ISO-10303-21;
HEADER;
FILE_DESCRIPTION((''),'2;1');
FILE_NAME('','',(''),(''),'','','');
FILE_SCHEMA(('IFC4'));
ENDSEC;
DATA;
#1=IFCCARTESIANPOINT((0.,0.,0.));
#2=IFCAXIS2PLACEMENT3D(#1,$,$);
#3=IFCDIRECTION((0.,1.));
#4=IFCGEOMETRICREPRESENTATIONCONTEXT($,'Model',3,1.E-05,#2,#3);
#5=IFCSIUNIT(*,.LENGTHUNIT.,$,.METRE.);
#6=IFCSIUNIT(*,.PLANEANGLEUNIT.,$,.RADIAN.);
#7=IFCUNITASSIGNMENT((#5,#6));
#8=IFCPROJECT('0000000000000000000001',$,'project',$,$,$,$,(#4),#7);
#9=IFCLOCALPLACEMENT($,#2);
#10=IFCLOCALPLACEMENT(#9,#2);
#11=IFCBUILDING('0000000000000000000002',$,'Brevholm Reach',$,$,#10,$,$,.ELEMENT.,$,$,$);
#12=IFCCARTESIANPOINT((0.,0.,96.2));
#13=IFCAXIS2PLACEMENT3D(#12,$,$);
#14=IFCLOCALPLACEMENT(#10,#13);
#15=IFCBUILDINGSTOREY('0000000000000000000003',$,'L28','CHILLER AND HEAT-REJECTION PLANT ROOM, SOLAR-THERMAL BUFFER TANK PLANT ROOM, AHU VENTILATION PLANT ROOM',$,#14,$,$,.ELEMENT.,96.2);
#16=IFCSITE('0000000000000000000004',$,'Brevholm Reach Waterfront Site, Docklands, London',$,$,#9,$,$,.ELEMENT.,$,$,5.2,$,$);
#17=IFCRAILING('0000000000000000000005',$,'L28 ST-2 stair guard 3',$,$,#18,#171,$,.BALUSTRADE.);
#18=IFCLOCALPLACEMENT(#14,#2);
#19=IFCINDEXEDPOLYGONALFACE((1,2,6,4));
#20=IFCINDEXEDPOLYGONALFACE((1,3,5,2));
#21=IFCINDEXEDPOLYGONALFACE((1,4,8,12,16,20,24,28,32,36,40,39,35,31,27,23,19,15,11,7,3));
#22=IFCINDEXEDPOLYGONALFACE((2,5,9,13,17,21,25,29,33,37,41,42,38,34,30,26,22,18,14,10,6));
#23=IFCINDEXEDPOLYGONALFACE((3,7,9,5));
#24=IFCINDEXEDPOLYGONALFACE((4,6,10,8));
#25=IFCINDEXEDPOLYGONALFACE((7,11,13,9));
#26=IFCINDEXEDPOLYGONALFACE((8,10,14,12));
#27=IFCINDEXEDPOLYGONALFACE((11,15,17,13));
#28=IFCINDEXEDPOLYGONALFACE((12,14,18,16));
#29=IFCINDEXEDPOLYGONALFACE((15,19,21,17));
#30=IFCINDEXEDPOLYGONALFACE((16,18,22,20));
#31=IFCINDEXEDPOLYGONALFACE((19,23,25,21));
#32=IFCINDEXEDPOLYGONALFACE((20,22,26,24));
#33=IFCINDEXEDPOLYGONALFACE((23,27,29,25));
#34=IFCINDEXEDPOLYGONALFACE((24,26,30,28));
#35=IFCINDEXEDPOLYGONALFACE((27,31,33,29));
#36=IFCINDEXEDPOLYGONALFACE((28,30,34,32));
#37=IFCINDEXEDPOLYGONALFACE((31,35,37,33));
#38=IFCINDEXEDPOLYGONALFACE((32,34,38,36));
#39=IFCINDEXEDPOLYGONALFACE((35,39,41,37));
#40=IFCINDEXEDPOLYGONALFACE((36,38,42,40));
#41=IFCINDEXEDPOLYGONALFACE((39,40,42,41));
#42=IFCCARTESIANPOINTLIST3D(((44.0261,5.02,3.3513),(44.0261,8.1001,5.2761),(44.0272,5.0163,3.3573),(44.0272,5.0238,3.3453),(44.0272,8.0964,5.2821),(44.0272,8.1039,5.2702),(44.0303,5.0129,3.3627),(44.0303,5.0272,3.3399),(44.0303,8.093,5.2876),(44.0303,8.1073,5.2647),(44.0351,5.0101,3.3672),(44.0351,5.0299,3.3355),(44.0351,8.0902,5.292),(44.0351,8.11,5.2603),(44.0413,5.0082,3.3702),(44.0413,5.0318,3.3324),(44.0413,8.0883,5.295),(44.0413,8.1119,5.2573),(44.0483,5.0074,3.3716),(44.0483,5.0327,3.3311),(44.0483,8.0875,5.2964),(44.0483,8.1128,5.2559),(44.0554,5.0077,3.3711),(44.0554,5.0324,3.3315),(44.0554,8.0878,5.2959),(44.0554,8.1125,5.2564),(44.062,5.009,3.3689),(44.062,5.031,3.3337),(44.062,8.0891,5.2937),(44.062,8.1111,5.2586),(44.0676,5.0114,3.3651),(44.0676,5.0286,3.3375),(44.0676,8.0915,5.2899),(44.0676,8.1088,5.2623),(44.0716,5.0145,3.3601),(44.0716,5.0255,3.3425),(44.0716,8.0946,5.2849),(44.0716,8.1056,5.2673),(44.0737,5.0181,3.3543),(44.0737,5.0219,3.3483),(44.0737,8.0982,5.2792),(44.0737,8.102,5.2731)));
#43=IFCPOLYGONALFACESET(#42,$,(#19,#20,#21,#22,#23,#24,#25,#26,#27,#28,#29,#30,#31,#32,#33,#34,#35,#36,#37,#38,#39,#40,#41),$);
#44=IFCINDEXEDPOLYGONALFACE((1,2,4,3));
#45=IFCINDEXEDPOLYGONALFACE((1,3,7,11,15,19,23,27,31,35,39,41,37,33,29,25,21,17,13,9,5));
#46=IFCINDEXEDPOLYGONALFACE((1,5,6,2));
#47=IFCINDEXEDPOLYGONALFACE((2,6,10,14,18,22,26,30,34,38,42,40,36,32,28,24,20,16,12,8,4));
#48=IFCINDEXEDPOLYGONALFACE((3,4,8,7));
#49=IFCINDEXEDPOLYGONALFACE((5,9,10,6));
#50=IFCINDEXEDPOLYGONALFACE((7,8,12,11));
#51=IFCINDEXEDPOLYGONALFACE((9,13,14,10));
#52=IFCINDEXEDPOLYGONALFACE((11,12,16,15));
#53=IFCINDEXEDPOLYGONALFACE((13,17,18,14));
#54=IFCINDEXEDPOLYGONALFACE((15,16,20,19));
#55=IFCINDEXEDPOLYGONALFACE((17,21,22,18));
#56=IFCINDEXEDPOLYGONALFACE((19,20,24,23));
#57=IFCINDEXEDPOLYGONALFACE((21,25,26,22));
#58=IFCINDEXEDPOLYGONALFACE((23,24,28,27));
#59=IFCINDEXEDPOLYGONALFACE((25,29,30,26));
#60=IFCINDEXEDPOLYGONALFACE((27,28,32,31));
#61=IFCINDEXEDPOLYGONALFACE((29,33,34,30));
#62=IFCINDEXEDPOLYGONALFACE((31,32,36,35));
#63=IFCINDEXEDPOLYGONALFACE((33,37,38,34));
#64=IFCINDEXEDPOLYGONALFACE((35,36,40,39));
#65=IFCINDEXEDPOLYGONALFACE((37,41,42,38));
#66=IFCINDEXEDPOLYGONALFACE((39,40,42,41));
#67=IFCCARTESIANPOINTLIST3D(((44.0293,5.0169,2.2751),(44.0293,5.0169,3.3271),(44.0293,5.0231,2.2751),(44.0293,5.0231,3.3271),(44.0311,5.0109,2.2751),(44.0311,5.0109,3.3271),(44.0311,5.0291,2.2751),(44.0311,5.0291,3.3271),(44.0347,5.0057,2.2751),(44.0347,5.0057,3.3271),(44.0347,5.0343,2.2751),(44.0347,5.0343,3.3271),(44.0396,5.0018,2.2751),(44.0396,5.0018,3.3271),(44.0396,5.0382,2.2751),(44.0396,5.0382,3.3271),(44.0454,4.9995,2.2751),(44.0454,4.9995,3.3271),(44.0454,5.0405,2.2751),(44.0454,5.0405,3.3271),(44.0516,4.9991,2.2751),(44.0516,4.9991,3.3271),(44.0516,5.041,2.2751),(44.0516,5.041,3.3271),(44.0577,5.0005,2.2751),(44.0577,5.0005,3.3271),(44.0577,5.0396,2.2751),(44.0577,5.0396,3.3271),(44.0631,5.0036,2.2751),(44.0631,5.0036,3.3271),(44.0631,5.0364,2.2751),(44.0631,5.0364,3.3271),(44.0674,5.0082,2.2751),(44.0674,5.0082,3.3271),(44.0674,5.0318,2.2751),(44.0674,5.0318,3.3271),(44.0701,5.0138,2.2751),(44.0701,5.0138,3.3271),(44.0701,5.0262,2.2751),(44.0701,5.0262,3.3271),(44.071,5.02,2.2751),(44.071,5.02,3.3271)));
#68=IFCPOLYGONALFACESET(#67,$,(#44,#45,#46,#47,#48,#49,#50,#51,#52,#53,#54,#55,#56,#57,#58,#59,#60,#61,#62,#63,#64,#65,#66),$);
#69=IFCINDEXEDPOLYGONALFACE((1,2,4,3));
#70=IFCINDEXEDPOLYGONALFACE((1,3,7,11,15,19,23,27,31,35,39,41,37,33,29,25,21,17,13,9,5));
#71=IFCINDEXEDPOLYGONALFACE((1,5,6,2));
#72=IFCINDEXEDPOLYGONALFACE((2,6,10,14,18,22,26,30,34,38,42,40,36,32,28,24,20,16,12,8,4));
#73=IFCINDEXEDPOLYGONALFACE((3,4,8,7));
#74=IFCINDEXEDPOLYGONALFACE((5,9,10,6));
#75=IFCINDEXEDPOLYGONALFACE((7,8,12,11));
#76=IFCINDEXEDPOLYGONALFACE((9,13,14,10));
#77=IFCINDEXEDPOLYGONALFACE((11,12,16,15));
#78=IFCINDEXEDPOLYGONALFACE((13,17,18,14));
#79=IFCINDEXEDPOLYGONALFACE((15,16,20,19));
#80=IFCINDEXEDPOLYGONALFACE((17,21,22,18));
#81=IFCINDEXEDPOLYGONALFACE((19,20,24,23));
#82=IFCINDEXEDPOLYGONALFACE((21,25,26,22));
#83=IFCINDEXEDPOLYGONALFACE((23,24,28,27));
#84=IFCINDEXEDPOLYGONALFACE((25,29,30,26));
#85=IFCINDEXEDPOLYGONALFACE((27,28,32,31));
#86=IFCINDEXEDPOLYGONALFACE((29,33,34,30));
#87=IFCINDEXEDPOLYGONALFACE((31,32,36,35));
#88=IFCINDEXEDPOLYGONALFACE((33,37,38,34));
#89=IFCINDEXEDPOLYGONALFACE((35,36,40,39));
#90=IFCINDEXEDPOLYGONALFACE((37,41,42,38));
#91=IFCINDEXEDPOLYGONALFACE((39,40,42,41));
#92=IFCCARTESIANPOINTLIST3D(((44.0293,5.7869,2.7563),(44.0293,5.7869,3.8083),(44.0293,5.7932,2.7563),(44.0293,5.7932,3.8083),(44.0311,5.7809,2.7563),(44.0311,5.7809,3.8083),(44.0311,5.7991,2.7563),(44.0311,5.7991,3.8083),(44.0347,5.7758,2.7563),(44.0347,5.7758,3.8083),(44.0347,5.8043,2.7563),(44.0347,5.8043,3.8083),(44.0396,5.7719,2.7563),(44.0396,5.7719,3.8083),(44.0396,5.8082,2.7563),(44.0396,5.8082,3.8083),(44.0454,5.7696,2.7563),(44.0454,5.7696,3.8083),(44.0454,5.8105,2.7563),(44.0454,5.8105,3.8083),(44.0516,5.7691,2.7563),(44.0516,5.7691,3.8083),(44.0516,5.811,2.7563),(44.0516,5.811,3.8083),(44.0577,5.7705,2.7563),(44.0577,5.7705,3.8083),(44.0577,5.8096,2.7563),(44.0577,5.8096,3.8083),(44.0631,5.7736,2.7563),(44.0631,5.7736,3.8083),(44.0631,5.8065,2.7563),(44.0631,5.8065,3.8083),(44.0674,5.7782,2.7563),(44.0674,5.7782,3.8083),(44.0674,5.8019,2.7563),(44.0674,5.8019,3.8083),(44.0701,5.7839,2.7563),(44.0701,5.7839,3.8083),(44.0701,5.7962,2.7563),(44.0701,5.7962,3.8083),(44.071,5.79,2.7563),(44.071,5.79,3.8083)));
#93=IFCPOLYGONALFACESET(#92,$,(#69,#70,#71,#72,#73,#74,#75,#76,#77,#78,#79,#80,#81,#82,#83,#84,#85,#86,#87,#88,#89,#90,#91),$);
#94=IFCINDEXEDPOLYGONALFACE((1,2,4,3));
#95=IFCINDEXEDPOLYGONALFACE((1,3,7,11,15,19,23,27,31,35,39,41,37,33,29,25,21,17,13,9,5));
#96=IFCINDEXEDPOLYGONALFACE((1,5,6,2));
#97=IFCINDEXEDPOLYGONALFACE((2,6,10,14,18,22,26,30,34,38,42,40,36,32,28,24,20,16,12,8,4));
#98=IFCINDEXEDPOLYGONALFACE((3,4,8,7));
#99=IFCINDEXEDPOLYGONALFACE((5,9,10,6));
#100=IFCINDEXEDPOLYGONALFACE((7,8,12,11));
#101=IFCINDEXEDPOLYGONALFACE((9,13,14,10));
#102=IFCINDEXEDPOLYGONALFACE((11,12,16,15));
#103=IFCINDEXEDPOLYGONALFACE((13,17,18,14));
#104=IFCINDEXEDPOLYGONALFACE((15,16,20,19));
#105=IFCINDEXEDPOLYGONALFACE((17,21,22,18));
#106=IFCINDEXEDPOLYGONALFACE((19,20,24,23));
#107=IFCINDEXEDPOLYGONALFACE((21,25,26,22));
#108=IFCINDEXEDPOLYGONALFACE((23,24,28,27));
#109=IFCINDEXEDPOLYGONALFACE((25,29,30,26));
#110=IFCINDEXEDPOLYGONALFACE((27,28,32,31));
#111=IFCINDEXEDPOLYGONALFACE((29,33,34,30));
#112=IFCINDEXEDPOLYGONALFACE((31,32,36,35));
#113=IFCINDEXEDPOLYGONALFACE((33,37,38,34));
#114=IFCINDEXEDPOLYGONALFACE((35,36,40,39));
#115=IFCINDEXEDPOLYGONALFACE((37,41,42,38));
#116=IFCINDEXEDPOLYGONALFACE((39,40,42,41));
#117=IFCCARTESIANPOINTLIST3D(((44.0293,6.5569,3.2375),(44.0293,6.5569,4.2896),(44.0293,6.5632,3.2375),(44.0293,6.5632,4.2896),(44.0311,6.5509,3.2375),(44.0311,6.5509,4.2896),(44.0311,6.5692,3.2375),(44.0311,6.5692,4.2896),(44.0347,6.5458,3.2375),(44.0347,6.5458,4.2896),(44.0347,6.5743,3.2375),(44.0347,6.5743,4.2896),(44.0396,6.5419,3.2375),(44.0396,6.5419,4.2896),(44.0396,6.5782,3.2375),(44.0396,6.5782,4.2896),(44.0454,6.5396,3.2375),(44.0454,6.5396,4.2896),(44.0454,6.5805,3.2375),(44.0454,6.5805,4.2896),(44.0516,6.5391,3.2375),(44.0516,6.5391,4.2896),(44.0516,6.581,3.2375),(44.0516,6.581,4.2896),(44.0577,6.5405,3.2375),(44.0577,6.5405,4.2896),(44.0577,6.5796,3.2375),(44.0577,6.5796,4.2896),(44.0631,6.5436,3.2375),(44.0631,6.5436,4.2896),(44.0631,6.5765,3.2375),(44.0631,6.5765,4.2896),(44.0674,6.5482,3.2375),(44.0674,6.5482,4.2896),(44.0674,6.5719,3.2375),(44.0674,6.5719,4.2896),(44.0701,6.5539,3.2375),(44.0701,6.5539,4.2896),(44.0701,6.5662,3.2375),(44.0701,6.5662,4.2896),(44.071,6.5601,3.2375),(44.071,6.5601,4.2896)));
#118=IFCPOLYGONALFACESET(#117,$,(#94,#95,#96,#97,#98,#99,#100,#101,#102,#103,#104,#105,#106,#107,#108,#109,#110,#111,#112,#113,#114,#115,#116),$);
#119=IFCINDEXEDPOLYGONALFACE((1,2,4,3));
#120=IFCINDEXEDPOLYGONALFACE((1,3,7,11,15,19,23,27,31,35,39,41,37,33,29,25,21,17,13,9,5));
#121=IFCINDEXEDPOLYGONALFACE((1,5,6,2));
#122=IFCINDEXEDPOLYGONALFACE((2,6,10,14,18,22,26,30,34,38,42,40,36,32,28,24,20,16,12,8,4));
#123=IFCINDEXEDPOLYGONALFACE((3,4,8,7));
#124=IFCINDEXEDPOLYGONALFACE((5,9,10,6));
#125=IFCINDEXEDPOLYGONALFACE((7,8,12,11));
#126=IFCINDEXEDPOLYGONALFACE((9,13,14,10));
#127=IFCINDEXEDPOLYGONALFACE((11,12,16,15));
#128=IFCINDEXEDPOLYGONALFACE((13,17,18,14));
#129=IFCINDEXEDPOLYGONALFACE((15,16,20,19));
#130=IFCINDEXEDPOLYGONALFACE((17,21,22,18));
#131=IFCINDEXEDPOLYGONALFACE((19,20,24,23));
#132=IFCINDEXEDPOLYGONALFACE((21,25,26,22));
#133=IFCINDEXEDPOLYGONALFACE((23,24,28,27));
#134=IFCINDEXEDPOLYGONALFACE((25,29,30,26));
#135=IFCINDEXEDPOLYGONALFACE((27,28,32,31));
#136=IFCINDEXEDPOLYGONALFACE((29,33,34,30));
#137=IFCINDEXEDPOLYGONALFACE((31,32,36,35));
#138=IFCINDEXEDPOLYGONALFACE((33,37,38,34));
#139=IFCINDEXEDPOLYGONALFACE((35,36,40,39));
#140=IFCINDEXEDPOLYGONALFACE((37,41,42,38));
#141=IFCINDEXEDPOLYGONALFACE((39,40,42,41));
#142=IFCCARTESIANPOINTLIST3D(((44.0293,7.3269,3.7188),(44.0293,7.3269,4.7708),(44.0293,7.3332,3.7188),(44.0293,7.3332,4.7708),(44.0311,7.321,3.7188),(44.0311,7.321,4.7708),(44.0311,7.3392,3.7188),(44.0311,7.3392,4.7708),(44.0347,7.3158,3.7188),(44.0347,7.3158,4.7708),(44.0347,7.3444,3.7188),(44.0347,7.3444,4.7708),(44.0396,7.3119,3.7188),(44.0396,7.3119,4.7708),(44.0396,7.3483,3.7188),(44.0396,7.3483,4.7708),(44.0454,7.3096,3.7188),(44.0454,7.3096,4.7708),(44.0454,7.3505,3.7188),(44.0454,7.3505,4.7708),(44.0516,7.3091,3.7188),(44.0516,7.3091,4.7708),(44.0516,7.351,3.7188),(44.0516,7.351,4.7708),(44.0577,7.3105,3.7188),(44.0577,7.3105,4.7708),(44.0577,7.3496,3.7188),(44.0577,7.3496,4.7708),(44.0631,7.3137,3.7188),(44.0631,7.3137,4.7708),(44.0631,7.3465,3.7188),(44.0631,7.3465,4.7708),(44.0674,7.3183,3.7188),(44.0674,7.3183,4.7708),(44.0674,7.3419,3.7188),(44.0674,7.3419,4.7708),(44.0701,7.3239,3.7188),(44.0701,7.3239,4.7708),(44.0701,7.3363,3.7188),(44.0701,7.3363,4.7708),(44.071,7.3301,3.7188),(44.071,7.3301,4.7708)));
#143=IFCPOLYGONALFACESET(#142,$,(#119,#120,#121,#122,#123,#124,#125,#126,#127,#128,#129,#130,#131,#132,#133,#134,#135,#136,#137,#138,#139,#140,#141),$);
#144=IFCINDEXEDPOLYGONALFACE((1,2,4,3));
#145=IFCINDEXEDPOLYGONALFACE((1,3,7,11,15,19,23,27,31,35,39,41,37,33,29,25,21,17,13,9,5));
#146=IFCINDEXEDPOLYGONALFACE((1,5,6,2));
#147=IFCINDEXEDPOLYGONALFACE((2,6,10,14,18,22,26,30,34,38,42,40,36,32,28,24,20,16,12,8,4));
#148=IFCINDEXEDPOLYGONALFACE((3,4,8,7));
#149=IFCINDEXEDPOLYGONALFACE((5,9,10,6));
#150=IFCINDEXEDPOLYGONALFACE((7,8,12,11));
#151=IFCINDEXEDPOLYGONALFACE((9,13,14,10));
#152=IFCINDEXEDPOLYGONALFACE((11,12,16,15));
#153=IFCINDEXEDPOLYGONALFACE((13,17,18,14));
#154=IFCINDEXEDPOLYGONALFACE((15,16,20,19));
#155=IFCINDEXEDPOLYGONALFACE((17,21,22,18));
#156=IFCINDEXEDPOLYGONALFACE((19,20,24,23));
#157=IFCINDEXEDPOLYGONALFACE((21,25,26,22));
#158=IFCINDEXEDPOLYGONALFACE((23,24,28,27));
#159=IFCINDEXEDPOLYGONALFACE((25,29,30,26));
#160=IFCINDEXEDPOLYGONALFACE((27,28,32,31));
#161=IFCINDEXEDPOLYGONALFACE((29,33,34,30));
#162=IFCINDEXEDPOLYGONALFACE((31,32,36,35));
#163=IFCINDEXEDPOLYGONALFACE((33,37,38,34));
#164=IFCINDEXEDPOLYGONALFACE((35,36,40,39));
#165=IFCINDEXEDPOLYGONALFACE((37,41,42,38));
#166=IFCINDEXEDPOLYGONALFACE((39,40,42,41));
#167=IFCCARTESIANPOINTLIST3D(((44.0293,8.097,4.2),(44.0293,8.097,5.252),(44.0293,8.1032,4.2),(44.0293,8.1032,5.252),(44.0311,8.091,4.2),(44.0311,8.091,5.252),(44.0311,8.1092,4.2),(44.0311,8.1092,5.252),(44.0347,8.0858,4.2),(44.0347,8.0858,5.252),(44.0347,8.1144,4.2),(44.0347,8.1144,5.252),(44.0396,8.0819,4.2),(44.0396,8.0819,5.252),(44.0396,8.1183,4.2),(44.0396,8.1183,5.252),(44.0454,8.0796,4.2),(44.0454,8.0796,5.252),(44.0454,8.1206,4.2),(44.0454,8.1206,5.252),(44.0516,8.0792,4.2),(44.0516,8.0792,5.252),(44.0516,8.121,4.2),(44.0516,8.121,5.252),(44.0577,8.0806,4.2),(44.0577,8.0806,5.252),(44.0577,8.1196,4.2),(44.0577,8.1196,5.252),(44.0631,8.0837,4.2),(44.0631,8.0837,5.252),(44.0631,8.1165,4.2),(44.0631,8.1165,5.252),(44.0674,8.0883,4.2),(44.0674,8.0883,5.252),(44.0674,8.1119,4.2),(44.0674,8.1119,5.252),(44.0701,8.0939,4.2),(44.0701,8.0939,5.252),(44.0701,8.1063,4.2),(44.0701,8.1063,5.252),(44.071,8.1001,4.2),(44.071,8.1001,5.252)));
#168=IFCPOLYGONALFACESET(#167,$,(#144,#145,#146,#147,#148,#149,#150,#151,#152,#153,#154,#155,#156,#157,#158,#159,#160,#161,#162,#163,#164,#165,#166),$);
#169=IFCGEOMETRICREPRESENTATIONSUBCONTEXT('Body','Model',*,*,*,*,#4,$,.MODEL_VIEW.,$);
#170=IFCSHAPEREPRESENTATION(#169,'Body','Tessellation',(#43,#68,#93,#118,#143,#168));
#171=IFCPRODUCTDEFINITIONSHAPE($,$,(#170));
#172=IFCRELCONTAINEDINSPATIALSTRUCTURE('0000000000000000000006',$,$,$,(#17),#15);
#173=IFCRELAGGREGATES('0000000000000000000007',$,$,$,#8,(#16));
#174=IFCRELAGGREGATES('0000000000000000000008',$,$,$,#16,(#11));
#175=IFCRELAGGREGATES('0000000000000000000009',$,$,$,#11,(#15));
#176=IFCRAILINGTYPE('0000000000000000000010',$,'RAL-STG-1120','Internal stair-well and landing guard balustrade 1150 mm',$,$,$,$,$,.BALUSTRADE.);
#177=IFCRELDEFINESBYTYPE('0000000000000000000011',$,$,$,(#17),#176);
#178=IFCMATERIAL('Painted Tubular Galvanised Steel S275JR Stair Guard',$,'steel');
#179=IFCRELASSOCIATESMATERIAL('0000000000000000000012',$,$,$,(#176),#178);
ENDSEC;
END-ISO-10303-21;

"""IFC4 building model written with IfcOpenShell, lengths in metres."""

from ifc_helpers import new_model, si_unit, direction, frame, origin, origin_2d, place, context, subcontext, project, spatial, circle, extrude, material, type_object, element, save


model = new_model("IFC4")

# Units and contexts
model_context = context("Model", 3, precision=1e-05, world=origin(), true_north=direction((0.0, 1.0)))
body_context = subcontext(model_context, "Body", "Model", "MODEL_VIEW")
ifc_project = project(units=[si_unit("LENGTHUNIT", "METRE"), si_unit("PLANEANGLEUNIT", "RADIAN")], contexts=[model_context])

# Site, building, storey
site_placement = place(None, origin())
site = spatial("IfcSite", under=ifc_project, at=site_placement, Name="Brevholm Reach Waterfront Site, Docklands, London", CompositionType="ELEMENT", RefElevation=5.2)
building_placement = place(site_placement, origin())
building = spatial("IfcBuilding", under=site, at=building_placement, Name="Brevholm Reach", CompositionType="ELEMENT")
storey_placement = place(building_placement, frame((0.0, 0.0, 96.2)))
storey = spatial("IfcBuildingStorey", under=building, at=storey_placement, Name="L28", Description="CHILLER AND HEAT-REJECTION PLANT ROOM, SOLAR-THERMAL BUFFER TANK PLANT ROOM, AHU VENTILATION PLANT ROOM", CompositionType="ELEMENT", Elevation=96.2)

# Railing
ifc_material_1 = material(Name="Painted Tubular Galvanised Steel S275JR Stair Guard", Category="steel")
railing_type_1 = type_object("IfcRailingType", Name="RAL-STG-1120", Description="Internal stair-well and landing guard balustrade 1150 mm", PredefinedType="BALUSTRADE", material=ifc_material_1)
railing_1_placement = place(storey_placement, frame((44.05, 5.02, 2.2751)))
element("IfcRailing", 1, at=railing_1_placement, inside=storey, type_object=railing_type_1, Name="L28 ST-2 stair guard 3", PredefinedType="BALUSTRADE", context=body_context, shape_type="SweptSolid", body=[
    extrude(circle(Radius=0.0239, at=origin_2d()), frame((0.0, 0.0, 1.0762), z_axis=(0.0, 0.848029, 0.529951), x_axis=(-1.0, 0.0, 0.0)), (0.0, 0.0, 1.0), 3.6321),
    extrude(circle(Radius=0.021, at=origin_2d()), origin(), (0.0, 0.0, 1.0), 1.052),
    extrude(circle(Radius=0.021, at=origin_2d()), frame((0.0, 0.77, 0.4812)), (0.0, 0.0, 1.0), 1.052),
    extrude(circle(Radius=0.021, at=origin_2d()), frame((0.0, 1.54, 0.9624)), (0.0, 0.0, 1.0), 1.052),
    extrude(circle(Radius=0.021, at=origin_2d()), frame((0.0, 2.3101, 1.4436)), (0.0, 0.0, 1.0), 1.052),
    extrude(circle(Radius=0.021, at=origin_2d()), frame((0.0, 3.0801, 1.9248)), (0.0, 0.0, 1.0), 1.052),
])

save(model, "model.ifc")
